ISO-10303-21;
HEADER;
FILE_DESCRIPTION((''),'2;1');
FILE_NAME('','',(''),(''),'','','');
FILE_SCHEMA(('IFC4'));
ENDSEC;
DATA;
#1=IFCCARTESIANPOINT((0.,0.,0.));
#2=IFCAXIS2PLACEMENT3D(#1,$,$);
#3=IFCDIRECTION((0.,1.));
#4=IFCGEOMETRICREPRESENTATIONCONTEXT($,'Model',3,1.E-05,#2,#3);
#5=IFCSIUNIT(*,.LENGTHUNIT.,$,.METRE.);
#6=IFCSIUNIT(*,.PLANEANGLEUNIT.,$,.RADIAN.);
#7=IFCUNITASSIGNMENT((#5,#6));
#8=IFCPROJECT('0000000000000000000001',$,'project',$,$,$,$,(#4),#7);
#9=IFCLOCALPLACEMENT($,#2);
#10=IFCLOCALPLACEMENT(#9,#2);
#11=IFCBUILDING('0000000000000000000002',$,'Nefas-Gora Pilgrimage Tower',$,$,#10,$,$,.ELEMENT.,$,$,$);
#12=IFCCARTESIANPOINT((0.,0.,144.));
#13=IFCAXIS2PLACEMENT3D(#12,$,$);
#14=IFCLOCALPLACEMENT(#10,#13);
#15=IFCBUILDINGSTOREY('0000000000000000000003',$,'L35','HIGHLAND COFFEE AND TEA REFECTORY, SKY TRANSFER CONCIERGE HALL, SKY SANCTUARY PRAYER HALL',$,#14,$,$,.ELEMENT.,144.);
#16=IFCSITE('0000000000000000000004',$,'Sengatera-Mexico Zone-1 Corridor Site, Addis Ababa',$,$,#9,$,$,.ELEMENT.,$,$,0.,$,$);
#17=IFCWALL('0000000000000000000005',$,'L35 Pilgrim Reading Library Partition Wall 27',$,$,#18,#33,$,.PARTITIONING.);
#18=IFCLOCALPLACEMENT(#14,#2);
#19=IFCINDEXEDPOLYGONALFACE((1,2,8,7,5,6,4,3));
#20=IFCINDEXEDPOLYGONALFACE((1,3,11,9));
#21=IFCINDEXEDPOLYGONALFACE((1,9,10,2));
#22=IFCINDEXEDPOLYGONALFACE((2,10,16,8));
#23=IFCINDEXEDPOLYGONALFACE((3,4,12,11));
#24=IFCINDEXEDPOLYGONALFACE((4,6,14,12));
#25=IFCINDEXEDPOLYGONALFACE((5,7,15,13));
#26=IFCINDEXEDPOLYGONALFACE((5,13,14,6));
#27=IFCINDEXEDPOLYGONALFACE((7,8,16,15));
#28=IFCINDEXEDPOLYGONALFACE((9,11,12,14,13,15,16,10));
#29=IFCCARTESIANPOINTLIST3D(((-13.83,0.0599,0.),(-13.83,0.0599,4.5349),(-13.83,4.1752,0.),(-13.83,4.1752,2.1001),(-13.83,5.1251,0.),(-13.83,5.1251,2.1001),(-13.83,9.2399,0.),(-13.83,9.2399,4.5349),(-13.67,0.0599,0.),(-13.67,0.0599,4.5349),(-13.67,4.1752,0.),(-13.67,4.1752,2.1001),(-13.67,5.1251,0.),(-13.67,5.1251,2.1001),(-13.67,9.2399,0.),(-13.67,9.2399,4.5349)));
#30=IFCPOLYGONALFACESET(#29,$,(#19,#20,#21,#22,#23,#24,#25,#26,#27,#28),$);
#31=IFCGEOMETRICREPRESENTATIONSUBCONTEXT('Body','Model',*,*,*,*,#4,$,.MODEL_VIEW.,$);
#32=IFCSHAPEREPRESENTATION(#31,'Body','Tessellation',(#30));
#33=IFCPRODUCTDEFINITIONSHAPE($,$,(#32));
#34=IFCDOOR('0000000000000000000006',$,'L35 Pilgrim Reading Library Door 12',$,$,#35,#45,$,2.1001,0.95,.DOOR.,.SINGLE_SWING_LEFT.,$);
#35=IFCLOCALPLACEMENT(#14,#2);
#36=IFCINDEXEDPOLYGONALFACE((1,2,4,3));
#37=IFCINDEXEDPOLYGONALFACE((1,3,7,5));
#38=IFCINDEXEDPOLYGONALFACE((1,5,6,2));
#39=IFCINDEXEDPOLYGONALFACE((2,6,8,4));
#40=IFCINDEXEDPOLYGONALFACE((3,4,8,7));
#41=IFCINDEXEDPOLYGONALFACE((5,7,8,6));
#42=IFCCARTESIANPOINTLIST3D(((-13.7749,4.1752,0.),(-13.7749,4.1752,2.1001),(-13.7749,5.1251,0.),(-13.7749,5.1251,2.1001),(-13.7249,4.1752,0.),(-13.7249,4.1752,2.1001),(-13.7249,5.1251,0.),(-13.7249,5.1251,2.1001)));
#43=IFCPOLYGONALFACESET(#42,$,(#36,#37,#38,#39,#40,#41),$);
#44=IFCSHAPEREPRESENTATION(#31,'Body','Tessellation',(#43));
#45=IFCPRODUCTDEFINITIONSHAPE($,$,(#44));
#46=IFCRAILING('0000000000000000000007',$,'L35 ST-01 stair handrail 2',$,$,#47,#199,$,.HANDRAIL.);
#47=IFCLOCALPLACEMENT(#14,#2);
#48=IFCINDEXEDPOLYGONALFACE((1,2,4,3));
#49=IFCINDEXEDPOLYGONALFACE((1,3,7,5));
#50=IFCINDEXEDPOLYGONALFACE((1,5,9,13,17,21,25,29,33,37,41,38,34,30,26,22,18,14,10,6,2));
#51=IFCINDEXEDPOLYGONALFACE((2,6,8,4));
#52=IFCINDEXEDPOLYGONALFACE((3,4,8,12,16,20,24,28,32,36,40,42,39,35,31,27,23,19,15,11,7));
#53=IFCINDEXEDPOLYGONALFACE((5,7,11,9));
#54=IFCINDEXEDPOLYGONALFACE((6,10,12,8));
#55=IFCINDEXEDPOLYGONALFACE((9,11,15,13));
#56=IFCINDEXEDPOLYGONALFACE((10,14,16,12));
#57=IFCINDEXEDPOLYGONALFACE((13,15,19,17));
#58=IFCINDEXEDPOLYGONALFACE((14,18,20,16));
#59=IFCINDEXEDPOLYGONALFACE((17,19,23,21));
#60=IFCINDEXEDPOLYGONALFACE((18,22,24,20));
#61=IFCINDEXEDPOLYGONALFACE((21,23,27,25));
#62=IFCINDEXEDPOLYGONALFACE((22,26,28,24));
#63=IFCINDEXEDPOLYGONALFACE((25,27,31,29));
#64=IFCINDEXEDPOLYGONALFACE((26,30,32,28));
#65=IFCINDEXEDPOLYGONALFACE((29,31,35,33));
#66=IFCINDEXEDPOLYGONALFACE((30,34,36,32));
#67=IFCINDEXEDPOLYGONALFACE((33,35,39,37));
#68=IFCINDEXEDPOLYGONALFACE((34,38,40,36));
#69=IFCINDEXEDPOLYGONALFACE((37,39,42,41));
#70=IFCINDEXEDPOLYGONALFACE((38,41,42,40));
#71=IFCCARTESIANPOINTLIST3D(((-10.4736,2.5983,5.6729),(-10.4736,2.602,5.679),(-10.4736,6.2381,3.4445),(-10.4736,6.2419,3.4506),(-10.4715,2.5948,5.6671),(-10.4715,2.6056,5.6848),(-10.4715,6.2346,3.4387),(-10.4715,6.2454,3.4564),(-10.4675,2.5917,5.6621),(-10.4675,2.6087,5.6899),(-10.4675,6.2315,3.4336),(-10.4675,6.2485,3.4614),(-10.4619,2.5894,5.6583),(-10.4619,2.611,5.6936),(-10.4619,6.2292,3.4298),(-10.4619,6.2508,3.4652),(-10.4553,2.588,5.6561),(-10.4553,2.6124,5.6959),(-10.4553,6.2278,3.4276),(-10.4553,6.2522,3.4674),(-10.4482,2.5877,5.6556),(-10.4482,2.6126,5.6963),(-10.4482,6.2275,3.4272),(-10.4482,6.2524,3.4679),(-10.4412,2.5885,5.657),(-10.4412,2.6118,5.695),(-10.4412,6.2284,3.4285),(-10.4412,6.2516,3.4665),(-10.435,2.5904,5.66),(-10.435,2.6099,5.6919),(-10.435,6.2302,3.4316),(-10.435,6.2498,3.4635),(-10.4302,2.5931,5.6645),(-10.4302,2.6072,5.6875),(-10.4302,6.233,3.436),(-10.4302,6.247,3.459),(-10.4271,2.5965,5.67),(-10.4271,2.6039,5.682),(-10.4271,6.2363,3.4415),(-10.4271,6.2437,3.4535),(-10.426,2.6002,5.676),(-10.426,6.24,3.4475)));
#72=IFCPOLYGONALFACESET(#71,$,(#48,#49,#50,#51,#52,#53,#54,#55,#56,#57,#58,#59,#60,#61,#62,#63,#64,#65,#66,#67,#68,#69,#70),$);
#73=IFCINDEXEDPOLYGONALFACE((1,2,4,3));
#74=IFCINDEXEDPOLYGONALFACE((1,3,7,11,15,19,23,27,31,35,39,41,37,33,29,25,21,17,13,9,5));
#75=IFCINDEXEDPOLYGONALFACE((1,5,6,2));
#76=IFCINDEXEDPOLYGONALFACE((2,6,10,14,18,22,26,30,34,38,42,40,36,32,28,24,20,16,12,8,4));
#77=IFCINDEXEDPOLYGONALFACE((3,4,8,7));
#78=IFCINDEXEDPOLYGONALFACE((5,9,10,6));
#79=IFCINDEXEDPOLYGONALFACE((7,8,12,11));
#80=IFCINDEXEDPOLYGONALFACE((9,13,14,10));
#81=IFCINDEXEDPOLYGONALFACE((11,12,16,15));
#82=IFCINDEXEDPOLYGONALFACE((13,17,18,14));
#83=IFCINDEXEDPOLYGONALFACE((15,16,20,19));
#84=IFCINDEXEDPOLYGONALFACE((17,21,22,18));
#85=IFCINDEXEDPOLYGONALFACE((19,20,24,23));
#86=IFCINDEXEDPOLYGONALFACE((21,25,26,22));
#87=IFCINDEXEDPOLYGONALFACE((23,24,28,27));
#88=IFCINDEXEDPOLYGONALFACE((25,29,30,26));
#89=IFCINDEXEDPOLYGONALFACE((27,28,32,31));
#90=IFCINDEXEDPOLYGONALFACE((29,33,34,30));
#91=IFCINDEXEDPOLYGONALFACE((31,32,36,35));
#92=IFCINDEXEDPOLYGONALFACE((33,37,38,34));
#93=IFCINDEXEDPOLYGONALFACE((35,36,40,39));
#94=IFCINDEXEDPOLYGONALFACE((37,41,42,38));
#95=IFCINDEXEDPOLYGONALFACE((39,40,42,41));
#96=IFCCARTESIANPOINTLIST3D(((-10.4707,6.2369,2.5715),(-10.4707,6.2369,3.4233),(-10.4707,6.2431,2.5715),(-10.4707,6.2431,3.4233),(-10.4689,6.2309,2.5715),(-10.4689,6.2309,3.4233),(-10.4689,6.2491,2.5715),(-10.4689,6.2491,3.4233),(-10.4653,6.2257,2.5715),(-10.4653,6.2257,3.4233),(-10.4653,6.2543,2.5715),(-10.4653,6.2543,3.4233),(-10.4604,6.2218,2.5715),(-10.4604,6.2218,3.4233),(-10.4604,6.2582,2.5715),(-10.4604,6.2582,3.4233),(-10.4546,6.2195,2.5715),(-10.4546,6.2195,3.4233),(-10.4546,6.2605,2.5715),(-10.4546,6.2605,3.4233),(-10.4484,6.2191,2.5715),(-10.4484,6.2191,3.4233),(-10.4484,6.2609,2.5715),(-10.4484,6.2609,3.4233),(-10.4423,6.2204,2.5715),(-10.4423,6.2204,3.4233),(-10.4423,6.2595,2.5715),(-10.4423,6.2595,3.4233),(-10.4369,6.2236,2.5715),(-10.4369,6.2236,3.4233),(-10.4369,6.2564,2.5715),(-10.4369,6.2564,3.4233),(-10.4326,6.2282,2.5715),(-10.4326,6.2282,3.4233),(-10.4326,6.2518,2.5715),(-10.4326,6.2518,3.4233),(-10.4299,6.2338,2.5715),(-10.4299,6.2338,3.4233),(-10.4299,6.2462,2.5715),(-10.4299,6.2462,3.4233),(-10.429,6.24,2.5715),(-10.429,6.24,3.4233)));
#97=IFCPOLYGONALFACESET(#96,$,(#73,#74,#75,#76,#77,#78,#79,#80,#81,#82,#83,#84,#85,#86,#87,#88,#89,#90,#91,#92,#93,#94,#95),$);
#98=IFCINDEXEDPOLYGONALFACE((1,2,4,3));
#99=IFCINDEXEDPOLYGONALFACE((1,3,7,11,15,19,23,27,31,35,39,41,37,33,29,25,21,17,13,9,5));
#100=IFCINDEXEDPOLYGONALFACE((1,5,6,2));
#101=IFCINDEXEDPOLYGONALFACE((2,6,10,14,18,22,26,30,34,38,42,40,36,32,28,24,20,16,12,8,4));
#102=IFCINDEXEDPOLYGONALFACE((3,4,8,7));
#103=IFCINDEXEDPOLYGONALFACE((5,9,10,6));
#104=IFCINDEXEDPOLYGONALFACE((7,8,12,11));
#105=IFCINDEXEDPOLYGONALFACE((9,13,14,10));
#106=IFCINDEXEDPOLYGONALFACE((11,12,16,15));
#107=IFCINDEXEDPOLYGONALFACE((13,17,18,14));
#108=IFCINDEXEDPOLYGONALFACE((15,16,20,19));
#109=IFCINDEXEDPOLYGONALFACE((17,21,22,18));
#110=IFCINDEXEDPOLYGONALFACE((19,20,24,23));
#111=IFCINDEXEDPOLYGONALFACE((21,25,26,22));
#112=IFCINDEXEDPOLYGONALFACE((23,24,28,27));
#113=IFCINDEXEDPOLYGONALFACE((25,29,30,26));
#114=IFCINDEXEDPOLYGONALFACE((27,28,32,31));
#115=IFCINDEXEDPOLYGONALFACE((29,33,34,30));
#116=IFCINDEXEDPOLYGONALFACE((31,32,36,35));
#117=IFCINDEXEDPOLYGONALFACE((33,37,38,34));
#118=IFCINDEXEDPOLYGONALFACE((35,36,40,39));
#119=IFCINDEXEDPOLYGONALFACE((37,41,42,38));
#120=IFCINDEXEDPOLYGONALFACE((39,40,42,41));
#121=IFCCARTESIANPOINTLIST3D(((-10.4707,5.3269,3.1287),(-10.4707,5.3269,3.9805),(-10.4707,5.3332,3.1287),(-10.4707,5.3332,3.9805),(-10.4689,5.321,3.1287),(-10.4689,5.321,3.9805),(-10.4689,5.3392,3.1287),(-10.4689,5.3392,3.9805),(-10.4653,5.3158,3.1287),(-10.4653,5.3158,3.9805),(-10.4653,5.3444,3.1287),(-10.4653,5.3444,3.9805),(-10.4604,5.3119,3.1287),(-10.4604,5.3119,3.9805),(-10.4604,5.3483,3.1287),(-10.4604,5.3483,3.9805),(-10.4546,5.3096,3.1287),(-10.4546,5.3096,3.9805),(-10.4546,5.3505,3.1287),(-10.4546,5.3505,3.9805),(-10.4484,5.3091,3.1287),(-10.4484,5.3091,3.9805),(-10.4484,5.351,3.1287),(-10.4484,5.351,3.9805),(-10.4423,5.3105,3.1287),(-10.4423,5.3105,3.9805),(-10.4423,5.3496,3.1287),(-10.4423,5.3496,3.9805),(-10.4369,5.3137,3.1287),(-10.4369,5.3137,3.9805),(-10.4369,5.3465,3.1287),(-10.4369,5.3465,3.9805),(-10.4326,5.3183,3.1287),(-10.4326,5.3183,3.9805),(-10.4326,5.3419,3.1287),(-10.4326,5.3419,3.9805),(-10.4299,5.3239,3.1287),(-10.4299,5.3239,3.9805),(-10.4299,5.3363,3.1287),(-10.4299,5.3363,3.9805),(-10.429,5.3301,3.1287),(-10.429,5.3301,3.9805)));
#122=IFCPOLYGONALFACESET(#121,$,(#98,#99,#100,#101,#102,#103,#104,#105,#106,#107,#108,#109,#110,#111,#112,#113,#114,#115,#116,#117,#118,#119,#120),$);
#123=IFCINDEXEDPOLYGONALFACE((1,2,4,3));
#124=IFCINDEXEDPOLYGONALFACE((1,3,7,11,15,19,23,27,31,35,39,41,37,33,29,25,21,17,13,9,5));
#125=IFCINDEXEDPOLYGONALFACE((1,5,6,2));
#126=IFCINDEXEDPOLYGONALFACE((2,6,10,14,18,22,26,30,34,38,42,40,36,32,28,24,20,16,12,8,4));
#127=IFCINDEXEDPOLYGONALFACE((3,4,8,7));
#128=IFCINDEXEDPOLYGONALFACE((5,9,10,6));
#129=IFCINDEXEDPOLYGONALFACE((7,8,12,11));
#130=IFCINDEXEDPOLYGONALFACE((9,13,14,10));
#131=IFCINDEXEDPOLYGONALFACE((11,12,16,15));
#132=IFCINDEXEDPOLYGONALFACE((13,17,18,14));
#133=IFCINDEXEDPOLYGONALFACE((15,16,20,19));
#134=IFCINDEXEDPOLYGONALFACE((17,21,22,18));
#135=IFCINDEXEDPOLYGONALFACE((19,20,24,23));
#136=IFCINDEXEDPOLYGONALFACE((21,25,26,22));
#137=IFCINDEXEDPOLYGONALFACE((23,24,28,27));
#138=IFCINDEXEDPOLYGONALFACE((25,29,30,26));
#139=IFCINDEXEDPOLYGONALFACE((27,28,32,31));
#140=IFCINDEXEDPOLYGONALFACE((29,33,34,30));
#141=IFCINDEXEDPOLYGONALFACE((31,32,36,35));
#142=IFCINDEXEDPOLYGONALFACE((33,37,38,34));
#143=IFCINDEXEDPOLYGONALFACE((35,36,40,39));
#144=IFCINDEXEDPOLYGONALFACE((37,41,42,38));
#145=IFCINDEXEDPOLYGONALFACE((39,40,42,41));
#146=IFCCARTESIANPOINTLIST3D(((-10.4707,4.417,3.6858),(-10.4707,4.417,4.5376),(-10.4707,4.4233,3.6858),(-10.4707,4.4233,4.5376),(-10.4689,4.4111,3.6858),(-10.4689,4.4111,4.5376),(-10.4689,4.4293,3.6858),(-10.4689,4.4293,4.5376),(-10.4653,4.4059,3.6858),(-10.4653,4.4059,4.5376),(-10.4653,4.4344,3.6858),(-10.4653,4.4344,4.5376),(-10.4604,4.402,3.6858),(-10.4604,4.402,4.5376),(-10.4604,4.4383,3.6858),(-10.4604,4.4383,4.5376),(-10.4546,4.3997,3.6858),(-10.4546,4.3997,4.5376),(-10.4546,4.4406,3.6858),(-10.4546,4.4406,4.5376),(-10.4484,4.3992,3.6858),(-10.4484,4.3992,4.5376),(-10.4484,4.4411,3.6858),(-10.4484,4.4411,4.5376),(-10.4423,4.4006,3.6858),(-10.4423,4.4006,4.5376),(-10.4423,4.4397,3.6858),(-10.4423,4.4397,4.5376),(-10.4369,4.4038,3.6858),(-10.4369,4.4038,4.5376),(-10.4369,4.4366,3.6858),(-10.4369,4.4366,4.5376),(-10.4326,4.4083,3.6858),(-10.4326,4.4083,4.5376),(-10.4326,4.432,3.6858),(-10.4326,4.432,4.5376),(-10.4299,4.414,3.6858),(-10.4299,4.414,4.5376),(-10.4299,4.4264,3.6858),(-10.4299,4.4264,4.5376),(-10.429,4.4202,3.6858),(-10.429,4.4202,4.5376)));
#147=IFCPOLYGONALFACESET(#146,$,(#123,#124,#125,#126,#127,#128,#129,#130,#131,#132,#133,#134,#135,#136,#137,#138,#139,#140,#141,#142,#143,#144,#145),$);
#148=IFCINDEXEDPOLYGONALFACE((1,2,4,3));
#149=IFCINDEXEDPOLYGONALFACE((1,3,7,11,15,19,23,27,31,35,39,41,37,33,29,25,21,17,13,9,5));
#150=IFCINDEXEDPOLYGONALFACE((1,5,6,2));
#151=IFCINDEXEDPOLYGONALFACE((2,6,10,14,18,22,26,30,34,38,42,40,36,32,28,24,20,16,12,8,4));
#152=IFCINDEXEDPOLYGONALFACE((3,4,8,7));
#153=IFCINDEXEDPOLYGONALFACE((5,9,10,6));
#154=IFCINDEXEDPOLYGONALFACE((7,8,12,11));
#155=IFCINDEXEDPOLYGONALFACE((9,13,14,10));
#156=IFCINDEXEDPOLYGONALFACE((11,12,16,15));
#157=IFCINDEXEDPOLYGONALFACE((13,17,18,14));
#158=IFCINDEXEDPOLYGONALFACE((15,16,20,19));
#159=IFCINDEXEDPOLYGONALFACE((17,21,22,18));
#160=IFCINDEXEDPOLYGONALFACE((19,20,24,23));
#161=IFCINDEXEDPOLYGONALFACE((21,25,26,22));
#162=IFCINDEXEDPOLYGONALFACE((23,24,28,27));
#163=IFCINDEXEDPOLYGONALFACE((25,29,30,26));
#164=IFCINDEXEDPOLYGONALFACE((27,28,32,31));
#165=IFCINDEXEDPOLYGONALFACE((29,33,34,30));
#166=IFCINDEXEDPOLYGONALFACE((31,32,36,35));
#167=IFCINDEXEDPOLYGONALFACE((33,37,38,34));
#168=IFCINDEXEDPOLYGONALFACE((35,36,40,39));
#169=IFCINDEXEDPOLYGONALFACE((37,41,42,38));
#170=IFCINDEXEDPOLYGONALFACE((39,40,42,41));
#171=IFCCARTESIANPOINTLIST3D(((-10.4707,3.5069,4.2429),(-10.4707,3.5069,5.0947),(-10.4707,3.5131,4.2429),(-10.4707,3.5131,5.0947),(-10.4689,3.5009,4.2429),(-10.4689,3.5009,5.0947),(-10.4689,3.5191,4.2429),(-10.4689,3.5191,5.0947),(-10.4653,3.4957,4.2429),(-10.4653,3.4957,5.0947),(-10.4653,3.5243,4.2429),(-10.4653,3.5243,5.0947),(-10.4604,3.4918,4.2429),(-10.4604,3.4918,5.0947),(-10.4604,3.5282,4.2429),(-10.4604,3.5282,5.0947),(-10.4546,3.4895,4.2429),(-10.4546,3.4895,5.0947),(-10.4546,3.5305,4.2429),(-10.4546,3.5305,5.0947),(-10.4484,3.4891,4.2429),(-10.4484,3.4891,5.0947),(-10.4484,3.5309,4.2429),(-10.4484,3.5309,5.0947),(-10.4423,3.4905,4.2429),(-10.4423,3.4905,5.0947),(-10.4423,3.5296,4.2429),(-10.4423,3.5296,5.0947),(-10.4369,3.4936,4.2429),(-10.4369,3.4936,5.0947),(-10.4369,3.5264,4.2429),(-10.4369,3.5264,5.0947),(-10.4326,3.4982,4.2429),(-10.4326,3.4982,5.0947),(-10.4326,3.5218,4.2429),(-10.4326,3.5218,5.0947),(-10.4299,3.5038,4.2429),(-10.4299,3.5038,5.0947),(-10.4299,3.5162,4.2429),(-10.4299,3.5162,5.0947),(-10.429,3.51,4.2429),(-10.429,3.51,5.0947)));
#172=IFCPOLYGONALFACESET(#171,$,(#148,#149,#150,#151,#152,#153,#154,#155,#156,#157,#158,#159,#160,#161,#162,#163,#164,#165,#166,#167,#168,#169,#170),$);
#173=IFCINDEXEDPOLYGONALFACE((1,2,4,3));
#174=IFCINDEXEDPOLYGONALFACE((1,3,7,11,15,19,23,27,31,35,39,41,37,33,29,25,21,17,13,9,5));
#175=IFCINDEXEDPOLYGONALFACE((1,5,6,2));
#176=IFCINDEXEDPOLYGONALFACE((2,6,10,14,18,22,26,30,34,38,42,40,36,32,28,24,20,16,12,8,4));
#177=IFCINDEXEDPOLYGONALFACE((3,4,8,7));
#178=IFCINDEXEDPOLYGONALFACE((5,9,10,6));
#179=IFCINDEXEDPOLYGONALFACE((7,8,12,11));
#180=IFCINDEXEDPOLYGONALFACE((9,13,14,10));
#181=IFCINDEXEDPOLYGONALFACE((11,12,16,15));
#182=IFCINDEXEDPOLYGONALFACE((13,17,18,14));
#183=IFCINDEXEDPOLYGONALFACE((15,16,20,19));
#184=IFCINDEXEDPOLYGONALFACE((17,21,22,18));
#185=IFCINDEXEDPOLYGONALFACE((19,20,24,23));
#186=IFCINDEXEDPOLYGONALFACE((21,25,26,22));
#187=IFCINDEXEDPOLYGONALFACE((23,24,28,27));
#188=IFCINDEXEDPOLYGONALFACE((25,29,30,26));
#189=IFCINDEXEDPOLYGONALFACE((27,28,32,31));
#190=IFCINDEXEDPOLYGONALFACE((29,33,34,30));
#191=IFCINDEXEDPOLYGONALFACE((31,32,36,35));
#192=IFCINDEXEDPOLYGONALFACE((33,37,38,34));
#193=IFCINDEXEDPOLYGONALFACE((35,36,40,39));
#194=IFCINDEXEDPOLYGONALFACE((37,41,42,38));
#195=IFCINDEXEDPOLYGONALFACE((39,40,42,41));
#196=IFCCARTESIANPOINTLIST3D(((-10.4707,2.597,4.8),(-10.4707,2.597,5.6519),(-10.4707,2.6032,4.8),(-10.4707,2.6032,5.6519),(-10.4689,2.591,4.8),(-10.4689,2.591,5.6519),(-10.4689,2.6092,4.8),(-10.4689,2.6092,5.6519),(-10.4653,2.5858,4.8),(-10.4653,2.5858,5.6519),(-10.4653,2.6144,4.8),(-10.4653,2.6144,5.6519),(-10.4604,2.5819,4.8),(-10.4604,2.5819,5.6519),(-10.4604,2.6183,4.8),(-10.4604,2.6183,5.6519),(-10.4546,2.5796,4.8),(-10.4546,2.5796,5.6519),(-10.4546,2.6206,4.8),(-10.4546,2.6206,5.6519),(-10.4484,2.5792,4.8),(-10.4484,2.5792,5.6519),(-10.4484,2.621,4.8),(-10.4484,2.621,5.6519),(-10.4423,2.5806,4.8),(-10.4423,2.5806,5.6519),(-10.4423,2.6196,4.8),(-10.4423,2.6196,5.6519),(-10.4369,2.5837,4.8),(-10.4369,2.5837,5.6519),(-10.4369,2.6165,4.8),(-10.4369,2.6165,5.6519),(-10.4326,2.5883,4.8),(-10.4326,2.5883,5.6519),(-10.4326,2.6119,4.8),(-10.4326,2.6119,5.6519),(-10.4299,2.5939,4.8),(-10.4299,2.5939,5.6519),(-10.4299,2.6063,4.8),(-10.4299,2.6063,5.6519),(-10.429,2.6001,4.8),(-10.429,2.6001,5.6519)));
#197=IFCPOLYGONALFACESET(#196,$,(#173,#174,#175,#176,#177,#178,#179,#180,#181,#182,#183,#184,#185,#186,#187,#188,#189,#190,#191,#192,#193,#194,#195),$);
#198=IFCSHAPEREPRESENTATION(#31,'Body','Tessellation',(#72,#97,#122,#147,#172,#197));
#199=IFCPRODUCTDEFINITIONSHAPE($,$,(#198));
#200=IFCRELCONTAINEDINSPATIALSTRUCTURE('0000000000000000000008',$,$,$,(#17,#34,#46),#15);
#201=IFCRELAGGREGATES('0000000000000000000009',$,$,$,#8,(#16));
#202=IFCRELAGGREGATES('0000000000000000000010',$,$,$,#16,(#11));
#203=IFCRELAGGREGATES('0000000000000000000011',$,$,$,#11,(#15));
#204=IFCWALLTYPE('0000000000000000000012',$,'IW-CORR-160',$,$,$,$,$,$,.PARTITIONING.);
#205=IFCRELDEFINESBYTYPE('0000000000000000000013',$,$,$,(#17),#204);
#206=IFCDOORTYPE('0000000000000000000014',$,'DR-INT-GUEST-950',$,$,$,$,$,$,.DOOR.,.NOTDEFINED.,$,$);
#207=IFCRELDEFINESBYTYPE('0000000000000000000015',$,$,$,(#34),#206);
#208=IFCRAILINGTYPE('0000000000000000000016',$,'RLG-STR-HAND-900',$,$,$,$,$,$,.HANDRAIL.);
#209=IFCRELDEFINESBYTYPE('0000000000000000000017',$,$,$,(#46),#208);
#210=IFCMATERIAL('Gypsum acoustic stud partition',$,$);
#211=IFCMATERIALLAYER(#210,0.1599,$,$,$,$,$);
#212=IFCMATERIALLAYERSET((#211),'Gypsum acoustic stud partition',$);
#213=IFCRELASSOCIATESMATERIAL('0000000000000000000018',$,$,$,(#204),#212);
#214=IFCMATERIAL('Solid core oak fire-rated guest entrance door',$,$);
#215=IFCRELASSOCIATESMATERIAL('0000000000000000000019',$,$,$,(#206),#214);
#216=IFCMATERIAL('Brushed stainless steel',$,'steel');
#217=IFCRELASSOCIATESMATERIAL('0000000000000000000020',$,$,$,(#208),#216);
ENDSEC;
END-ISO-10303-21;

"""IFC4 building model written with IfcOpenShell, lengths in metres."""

from ifc_helpers import new_model, si_unit, direction, frame, frame_2d, origin, origin_2d, place, context, subcontext, project, spatial, rectangle, circle, extrude, source, transform, mapped, material, layer, layer_set, type_object, element, fill, save


model = new_model("IFC4")

# Units and contexts
model_context = context("Model", 3, precision=1e-05, world=origin(), true_north=direction((0.0, 1.0)))
body_context = subcontext(model_context, "Body", "Model", "MODEL_VIEW")
ifc_project = project(units=[si_unit("LENGTHUNIT", "METRE"), si_unit("PLANEANGLEUNIT", "RADIAN")], contexts=[model_context])

# Site, building, storey
site_placement = place(None, origin())
site = spatial("IfcSite", under=ifc_project, at=site_placement, Name="Sengatera-Mexico Zone-1 Corridor Site, Addis Ababa", CompositionType="ELEMENT", RefElevation=0.0)
building_placement = place(site_placement, origin())
building = spatial("IfcBuilding", under=site, at=building_placement, Name="Nefas-Gora Pilgrimage Tower", CompositionType="ELEMENT")
storey_placement = place(building_placement, frame((0.0, 0.0, 144.0)))
storey = spatial("IfcBuildingStorey", under=building, at=storey_placement, Name="L35", Description="HIGHLAND COFFEE AND TEA REFECTORY, SKY TRANSFER CONCIERGE HALL, SKY SANCTUARY PRAYER HALL", CompositionType="ELEMENT", Elevation=144.0)

# Wall, opening, door
ifc_material_1 = material(Name="Gypsum acoustic stud partition")
ifc_layer_1 = layer(ifc_material_1, 0.1599)
ifc_layer_set_1 = layer_set([ifc_layer_1], Name="Gypsum acoustic stud partition")
wall_type_1 = type_object("IfcWallType", Name="IW-CORR-160", PredefinedType="PARTITIONING", material=ifc_layer_set_1)
shared_shape_1 = source(origin(), body_context, "Body", "SweptSolid", [
    extrude(rectangle(XDim=9.1799, YDim=0.1599, at=frame_2d((4.5898, 0.0))), origin(), (0.0, 0.0, 1.0), 4.5349),
])
wall_1_placement = place(storey_placement, frame((-13.75, 0.0601, 0.0), z_axis=(0.0, 0.0, 1.0), x_axis=(0.0, 1.0, 0.0)))
wall_1 = element("IfcWall", 1, at=wall_1_placement, inside=storey, type_object=wall_type_1, Name="L35 Pilgrim Reading Library Partition Wall 27", PredefinedType="PARTITIONING", context=body_context, shape_type="MappedRepresentation", body=[
    mapped(shared_shape_1, transform((0.0, 0.0, 0.0), x_axis=(1.0, 0.0, 0.0), y_axis=(0.0, 1.0, 0.0), z_axis=(0.0, 0.0, 1.0), scale=1.0)),
])
opening_placement = place(wall_1_placement, frame((4.115, 0.0, 0.0)))
opening = element("IfcOpeningElement", 2, at=opening_placement, cuts=wall_1, PredefinedType="OPENING", context=body_context, shape_type="SweptSolid", body=[
    extrude(rectangle(XDim=0.95, YDim=2.1001, at=frame_2d((0.4751, 1.05))), frame((0.0, 0.0898, 0.0), z_axis=(0.0, -1.0, 0.0), x_axis=(1.0, 0.0, 0.0)), (0.0, 0.0, 1.0), 0.1799),
])
ifc_material_2 = material(Name="Solid core oak fire-rated guest entrance door")
door_type = type_object("IfcDoorType", Name="DR-INT-GUEST-950", OperationType="NOTDEFINED", PredefinedType="DOOR", material=ifc_material_2)
shared_shape_2 = source(origin(), body_context, "Body", "SweptSolid", [
    extrude(rectangle(XDim=0.95, YDim=2.1001, at=frame_2d((0.4751, 1.05))), frame((0.0, 0.0249, 0.0), z_axis=(0.0, -1.0, 0.0), x_axis=(1.0, 0.0, 0.0)), (0.0, 0.0, 1.0), 0.05),
])
door_placement = place(opening_placement, origin())
door = element("IfcDoor", 3, at=door_placement, inside=storey, type_object=door_type, Name="L35 Pilgrim Reading Library Door 12", OperationType="SINGLE_SWING_LEFT", OverallHeight=2.1001, OverallWidth=0.95, PredefinedType="DOOR", context=body_context, shape_type="MappedRepresentation", body=[
    mapped(shared_shape_2, transform((0.0, 0.0, 0.0), x_axis=(1.0, 0.0, 0.0), y_axis=(0.0, 1.0, 0.0), z_axis=(0.0, 0.0, 1.0), scale=1.0)),
])
fill(opening, door)

# Railing
ifc_material_3 = material(Name="Brushed stainless steel", Category="steel")
railing_type = type_object("IfcRailingType", Name="RLG-STR-HAND-900", PredefinedType="HANDRAIL", material=ifc_material_3)
railing_placement = place(storey_placement, frame((-10.45, 6.24, 2.5715)))
element("IfcRailing", 4, at=railing_placement, inside=storey, type_object=railing_type, Name="L35 ST-01 stair handrail 2", PredefinedType="HANDRAIL", context=body_context, shape_type="SweptSolid", body=[
    extrude(circle(Radius=0.0239, at=origin_2d()), frame((0.0, 0.0, 0.876), z_axis=(0.0, -0.85285, 0.522156), x_axis=(1.0, 0.0, 0.0)), (0.0, 0.0, 1.0), 4.2678),
    extrude(circle(Radius=0.021, at=origin_2d()), origin(), (0.0, 0.0, 1.0), 0.8518),
    extrude(circle(Radius=0.021, at=origin_2d()), frame((0.0, -0.9099, 0.5571)), (0.0, 0.0, 1.0), 0.8518),
    extrude(circle(Radius=0.021, at=origin_2d()), frame((0.0, -1.8198, 1.1143)), (0.0, 0.0, 1.0), 0.8518),
    extrude(circle(Radius=0.021, at=origin_2d()), frame((0.0, -2.73, 1.6714)), (0.0, 0.0, 1.0), 0.8518),
    extrude(circle(Radius=0.021, at=origin_2d()), frame((0.0, -3.6399, 2.2285)), (0.0, 0.0, 1.0), 0.8518),
])

save(model, "model.ifc")
